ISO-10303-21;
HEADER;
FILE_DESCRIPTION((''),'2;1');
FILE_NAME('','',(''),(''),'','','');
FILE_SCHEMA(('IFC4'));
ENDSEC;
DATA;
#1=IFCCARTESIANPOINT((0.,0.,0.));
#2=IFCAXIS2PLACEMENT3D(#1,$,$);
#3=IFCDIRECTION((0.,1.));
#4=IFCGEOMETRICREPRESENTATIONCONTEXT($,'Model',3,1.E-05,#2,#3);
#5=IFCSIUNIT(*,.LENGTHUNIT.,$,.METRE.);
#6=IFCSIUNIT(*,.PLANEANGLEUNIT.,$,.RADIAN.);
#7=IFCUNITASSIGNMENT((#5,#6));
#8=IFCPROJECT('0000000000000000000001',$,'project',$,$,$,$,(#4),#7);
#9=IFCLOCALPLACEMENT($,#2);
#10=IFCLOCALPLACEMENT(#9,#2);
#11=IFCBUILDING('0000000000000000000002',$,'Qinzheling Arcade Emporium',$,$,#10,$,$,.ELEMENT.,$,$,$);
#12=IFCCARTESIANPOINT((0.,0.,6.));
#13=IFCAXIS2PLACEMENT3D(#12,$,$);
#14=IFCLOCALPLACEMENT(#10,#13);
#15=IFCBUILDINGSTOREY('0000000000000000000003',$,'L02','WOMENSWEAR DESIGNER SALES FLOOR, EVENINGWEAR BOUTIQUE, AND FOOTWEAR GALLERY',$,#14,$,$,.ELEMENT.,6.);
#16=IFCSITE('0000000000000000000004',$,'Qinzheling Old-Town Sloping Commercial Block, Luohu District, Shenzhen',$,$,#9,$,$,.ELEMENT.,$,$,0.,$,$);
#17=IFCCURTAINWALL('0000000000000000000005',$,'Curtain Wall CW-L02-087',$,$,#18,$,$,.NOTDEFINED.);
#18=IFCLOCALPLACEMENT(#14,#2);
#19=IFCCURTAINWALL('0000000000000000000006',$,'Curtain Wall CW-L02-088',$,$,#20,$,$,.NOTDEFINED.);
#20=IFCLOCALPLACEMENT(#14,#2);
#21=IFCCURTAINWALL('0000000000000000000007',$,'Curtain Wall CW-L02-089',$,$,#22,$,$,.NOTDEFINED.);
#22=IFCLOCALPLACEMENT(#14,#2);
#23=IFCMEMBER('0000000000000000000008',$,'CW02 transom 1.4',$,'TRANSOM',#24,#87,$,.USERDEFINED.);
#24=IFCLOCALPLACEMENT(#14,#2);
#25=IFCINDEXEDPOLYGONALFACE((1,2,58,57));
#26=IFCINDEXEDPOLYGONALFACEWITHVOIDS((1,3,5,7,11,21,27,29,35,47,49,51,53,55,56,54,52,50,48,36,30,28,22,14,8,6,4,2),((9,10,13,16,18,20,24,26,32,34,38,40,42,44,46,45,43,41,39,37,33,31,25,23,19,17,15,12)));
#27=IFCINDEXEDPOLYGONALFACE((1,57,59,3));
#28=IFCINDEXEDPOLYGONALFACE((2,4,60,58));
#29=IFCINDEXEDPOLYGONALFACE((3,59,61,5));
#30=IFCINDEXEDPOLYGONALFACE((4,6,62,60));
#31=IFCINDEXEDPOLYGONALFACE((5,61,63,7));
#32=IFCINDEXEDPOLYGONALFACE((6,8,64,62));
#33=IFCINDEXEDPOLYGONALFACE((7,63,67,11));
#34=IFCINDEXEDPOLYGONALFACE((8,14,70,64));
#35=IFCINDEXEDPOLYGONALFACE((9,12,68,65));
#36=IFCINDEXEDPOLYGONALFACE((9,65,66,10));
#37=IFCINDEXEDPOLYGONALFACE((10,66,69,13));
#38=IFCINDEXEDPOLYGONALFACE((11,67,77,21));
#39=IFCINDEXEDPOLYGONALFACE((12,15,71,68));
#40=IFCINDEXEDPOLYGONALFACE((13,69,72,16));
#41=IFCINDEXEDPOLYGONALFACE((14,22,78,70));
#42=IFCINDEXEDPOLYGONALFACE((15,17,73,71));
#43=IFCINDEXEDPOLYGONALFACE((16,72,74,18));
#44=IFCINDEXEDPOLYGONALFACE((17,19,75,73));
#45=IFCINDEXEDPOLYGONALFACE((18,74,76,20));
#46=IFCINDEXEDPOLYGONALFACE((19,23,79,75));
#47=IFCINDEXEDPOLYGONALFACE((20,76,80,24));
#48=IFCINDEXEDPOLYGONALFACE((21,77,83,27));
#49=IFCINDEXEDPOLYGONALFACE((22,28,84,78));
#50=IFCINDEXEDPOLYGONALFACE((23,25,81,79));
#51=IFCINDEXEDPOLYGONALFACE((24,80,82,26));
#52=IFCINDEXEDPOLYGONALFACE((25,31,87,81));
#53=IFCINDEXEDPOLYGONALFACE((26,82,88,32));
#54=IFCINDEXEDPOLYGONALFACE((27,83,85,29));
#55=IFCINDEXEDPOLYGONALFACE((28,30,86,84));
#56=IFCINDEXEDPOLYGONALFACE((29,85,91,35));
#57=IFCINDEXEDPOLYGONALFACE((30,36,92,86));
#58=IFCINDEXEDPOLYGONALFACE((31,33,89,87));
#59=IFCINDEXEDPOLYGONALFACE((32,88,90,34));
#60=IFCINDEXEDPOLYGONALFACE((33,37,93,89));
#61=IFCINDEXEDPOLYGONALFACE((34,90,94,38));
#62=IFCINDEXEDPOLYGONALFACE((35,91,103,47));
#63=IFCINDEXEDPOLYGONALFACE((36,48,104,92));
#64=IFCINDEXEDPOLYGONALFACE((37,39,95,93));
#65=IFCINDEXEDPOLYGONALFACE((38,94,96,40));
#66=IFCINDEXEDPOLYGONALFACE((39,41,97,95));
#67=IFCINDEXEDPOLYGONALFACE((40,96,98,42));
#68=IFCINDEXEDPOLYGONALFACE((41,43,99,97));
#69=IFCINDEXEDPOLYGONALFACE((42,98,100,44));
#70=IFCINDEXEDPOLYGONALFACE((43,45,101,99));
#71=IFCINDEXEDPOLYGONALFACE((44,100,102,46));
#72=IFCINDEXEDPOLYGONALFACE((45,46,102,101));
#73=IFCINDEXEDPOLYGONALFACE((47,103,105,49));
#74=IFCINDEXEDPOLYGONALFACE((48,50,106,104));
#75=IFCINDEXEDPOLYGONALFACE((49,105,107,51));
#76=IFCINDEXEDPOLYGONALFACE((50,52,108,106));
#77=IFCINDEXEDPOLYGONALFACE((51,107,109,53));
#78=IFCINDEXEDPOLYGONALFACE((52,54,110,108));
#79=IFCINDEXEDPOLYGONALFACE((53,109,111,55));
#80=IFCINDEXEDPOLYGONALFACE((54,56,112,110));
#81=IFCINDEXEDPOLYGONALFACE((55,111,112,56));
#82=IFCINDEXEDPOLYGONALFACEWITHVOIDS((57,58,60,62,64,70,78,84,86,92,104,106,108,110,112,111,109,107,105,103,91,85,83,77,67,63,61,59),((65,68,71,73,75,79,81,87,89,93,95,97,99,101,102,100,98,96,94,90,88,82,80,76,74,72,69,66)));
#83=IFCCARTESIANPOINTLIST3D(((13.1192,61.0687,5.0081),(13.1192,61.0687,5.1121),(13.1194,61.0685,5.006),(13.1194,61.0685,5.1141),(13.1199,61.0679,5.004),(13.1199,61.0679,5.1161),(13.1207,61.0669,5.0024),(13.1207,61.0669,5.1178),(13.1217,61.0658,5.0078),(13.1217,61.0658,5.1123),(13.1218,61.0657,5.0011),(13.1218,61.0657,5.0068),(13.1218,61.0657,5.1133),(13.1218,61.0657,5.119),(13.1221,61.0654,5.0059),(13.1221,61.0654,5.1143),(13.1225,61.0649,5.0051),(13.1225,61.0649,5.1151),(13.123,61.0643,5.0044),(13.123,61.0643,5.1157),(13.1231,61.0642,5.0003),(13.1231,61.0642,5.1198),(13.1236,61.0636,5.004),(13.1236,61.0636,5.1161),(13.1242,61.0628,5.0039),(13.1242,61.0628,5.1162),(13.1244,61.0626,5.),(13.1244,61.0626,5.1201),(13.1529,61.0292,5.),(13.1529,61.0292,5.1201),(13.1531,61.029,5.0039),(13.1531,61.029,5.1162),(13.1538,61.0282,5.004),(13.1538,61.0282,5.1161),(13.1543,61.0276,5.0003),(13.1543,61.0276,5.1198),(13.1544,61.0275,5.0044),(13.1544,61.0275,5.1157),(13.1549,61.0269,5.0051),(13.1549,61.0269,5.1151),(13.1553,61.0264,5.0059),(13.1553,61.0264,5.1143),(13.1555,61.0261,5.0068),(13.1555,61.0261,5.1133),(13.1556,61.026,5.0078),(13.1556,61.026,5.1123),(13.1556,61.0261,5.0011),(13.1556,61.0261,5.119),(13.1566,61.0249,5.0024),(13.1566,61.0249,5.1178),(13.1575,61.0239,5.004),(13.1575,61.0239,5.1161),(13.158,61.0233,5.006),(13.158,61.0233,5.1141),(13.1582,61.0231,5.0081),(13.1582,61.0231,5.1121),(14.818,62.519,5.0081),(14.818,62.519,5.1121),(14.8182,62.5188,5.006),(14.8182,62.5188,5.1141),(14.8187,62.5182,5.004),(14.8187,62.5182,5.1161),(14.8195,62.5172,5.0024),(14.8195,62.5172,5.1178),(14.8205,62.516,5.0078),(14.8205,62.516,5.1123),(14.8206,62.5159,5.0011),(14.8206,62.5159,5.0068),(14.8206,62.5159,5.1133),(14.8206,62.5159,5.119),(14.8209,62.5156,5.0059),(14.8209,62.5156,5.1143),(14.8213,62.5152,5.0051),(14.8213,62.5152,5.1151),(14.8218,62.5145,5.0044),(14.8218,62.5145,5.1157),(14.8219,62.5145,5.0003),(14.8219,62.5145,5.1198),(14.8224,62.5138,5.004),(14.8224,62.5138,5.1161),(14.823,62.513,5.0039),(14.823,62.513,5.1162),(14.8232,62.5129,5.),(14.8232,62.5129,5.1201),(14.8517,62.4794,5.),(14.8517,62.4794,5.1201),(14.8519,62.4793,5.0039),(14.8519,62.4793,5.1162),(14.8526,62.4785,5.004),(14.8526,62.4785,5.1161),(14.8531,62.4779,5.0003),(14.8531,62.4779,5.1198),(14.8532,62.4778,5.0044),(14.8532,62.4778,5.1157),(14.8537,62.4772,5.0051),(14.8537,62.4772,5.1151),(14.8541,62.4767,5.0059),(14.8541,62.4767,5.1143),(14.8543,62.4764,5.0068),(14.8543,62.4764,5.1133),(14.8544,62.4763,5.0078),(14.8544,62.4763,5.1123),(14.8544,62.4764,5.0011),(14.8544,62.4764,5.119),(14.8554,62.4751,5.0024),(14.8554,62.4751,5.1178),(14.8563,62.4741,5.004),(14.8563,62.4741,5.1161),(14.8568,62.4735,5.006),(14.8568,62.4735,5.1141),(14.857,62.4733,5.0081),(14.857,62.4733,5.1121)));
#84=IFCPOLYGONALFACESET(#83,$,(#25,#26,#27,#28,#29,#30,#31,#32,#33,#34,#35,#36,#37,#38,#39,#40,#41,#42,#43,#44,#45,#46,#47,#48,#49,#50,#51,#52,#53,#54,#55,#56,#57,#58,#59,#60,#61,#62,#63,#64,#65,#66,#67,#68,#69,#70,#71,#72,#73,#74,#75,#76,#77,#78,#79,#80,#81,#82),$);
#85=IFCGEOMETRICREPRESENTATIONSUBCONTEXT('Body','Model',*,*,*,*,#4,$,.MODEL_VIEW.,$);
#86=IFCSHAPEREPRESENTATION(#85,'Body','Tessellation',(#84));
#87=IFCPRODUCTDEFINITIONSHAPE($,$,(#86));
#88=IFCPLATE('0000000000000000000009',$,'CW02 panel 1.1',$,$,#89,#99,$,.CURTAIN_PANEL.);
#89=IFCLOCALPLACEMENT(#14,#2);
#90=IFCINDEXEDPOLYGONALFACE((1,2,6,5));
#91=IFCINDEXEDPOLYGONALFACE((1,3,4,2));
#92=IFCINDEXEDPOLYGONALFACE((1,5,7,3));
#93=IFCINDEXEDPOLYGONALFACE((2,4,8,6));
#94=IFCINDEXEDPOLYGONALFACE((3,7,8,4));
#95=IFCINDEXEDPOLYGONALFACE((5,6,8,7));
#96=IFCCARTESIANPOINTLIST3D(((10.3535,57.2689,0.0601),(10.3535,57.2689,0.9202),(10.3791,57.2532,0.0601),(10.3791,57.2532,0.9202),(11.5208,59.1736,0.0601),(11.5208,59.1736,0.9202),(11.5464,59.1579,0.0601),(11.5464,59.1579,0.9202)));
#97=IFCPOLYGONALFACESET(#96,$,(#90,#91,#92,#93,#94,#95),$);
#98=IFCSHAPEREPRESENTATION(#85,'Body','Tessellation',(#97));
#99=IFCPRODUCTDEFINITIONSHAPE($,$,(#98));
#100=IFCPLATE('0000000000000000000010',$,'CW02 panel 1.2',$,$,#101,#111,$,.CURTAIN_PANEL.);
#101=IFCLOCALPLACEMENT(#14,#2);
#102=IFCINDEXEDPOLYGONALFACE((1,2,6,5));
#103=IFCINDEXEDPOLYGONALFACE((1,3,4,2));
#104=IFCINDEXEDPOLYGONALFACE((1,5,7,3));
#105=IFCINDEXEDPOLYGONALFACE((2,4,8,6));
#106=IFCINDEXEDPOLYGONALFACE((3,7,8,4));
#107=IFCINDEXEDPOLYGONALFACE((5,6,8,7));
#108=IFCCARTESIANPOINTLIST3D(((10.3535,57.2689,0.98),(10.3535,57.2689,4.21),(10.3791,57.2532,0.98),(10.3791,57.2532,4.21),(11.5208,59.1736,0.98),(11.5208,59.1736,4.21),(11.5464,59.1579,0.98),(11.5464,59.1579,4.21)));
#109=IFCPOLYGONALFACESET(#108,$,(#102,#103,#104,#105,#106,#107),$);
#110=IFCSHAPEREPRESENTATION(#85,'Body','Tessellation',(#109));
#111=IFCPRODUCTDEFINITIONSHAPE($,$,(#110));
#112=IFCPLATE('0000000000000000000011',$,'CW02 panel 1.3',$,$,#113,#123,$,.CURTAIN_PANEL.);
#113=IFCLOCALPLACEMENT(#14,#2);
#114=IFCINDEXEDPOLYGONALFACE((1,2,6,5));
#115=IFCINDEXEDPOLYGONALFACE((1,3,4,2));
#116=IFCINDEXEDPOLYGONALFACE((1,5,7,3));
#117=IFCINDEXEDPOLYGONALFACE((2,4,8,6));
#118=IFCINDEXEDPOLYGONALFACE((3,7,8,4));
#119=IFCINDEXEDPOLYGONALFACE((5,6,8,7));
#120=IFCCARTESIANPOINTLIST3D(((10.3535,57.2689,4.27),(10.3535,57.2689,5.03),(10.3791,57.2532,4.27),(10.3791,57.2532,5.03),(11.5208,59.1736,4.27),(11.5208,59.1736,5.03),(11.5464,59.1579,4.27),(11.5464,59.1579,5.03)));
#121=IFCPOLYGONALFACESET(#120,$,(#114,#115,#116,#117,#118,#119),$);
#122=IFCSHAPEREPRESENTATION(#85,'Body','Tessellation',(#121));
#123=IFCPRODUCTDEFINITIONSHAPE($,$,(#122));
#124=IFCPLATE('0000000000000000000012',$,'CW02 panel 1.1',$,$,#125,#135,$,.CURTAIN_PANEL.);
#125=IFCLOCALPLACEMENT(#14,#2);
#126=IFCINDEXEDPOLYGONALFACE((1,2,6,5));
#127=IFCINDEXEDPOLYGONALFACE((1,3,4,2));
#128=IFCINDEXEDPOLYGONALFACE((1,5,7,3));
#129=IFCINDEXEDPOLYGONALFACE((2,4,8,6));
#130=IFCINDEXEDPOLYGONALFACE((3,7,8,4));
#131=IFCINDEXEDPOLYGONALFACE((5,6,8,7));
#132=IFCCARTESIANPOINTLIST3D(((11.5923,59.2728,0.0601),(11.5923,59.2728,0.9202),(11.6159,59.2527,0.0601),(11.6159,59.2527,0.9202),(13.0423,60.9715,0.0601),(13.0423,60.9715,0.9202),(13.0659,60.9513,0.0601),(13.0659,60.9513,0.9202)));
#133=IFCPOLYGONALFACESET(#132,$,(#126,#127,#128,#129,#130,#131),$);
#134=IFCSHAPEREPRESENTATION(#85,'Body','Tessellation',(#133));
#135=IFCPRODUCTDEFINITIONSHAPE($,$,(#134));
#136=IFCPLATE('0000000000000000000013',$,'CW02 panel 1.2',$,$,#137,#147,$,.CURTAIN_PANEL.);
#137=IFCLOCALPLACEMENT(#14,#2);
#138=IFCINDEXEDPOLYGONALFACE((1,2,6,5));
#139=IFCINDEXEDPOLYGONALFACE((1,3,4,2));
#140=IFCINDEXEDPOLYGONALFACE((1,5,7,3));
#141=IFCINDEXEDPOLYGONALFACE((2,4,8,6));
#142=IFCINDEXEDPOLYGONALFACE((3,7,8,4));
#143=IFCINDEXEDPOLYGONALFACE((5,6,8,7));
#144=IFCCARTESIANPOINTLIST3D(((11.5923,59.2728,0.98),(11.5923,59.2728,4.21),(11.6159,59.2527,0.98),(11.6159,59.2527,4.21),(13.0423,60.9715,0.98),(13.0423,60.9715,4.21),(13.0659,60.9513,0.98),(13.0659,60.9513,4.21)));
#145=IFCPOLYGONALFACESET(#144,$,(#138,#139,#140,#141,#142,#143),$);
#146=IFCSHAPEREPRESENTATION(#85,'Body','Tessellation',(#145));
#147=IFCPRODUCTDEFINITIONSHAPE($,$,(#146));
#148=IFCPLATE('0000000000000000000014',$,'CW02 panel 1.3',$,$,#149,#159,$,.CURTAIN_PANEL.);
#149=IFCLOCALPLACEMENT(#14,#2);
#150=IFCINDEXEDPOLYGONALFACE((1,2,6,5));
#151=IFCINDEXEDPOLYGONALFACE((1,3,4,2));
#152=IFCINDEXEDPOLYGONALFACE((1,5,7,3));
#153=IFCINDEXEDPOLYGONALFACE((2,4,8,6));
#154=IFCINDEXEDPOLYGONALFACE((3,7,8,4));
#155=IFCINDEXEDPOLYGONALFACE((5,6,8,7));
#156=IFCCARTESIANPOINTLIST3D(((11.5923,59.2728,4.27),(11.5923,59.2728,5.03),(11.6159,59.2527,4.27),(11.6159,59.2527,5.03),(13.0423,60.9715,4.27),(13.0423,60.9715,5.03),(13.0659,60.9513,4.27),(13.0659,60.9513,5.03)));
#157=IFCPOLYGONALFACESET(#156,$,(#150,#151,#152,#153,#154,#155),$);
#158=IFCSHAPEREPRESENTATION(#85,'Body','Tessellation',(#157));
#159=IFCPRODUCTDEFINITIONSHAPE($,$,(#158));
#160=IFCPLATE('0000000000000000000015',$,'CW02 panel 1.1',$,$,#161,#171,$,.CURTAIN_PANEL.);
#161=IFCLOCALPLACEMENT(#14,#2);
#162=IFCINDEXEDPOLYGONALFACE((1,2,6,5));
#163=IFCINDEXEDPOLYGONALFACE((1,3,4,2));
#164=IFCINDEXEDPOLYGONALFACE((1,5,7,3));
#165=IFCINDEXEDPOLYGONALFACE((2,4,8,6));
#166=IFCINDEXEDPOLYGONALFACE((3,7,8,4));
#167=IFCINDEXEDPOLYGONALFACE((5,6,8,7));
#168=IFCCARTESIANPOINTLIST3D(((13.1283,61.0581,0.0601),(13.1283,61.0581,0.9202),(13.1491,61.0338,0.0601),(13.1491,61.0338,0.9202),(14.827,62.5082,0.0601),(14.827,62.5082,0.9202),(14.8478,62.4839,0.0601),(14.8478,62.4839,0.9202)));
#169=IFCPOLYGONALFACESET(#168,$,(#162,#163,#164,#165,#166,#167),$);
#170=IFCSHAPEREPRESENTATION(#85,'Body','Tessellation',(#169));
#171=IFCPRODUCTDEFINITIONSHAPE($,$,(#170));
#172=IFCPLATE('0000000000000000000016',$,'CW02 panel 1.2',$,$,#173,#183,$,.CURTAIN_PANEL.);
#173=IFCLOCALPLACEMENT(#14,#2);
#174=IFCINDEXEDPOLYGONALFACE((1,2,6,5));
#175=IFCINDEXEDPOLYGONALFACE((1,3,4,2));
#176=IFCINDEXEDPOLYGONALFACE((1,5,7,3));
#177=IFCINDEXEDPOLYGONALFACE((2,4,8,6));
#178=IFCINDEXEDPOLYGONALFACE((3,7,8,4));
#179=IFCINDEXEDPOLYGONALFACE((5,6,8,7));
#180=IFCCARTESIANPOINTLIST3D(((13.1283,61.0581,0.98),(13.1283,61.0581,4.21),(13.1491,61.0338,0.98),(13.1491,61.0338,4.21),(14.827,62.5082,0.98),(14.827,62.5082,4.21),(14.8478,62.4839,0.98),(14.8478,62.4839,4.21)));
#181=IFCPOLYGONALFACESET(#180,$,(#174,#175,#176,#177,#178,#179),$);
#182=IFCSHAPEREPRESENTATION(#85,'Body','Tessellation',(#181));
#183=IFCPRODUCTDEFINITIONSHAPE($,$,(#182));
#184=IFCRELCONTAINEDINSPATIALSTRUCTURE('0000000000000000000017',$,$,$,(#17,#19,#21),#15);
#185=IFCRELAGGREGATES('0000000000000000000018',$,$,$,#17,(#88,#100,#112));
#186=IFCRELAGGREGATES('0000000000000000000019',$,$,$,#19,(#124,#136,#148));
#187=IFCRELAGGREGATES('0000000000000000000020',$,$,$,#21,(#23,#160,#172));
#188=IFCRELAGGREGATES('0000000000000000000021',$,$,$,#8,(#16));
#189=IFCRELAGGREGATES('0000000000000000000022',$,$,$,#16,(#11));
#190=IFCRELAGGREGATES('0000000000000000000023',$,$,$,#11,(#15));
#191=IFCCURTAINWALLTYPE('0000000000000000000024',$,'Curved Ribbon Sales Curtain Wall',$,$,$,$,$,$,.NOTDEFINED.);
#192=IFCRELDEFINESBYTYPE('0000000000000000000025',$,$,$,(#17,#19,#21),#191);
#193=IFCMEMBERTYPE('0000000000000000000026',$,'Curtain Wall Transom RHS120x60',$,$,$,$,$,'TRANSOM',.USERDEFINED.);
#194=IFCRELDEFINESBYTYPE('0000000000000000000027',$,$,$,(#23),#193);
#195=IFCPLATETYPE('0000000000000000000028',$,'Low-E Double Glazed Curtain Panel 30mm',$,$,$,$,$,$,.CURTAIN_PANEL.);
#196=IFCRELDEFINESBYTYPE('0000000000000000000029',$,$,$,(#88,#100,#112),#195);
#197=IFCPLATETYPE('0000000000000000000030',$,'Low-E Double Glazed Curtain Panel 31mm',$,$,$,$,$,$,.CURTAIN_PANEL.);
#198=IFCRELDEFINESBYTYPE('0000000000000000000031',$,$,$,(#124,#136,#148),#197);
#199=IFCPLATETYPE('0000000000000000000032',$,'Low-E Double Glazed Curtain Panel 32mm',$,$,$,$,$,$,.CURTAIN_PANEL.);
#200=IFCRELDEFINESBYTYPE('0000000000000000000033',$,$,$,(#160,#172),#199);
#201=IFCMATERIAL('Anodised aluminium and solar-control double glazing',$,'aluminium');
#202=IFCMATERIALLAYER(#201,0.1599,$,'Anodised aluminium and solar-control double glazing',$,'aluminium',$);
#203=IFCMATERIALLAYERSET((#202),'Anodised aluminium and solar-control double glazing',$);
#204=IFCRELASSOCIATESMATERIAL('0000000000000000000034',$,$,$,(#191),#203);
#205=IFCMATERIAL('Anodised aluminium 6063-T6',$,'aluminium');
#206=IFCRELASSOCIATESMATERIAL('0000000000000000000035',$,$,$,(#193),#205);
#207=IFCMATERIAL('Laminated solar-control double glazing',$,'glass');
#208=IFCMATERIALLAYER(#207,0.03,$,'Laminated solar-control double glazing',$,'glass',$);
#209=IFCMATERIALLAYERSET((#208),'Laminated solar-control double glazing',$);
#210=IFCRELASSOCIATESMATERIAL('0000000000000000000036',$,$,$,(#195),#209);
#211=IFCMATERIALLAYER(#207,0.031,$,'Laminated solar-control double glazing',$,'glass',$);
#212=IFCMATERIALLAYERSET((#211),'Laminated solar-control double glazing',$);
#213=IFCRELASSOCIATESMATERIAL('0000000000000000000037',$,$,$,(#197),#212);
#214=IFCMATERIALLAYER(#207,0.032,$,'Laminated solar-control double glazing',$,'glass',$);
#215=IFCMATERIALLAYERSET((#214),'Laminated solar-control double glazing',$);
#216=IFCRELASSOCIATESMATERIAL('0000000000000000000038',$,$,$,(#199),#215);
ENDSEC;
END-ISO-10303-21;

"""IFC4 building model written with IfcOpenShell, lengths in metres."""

from ifc_helpers import new_model, si_unit, direction, frame, origin, origin_2d, place, context, subcontext, project, spatial, rectangle, hollow_rectangle, extrude, material, layer, layer_set, material_profile, profile_set, type_object, element, aggregate, save


model = new_model("IFC4")

# Units and contexts
model_context = context("Model", 3, precision=1e-05, world=origin(), true_north=direction((0.0, 1.0)))
body_context = subcontext(model_context, "Body", "Model", "MODEL_VIEW")
ifc_project = project(units=[si_unit("LENGTHUNIT", "METRE"), si_unit("PLANEANGLEUNIT", "RADIAN")], contexts=[model_context])

# Site, building, storey
site_placement = place(None, origin())
site = spatial("IfcSite", under=ifc_project, at=site_placement, Name="Qinzheling Old-Town Sloping Commercial Block, Luohu District, Shenzhen", CompositionType="ELEMENT", RefElevation=0.0)
building_placement = place(site_placement, origin())
building = spatial("IfcBuilding", under=site, at=building_placement, Name="Qinzheling Arcade Emporium", CompositionType="ELEMENT")
storey_placement = place(building_placement, frame((0.0, 0.0, 6.0)))
storey = spatial("IfcBuildingStorey", under=building, at=storey_placement, Name="L02", Description="WOMENSWEAR DESIGNER SALES FLOOR, EVENINGWEAR BOUTIQUE, AND FOOTWEAR GALLERY", CompositionType="ELEMENT", Elevation=6.0)

# Curtain wall
ifc_material_1 = material(Name="Anodised aluminium and solar-control double glazing", Category="aluminium")
ifc_layer_1 = layer(ifc_material_1, 0.1599, Name="Anodised aluminium and solar-control double glazing", Category="aluminium")
ifc_layer_set_1 = layer_set([ifc_layer_1], Name="Anodised aluminium and solar-control double glazing")
curtain_wall_type = type_object("IfcCurtainWallType", Name="Curved Ribbon Sales Curtain Wall", PredefinedType="NOTDEFINED", material=ifc_layer_set_1)
curtain_wall_1_placement = place(storey_placement, origin())
curtain_wall_1 = element("IfcCurtainWall", 1, at=curtain_wall_1_placement, inside=storey, type_object=curtain_wall_type, Name="Curtain Wall CW-L02-087", PredefinedType="NOTDEFINED")
ifc_material_2 = material(Name="Anodised aluminium 6063-T6", Category="aluminium")

# Curtain wall
curtain_wall_2_placement = place(storey_placement, origin())
curtain_wall_2 = element("IfcCurtainWall", 2, at=curtain_wall_2_placement, inside=storey, type_object=curtain_wall_type, Name="Curtain Wall CW-L02-088", PredefinedType="NOTDEFINED")

# Curtain wall
curtain_wall_3_placement = place(storey_placement, origin())
curtain_wall_3 = element("IfcCurtainWall", 3, at=curtain_wall_3_placement, inside=storey, type_object=curtain_wall_type, Name="Curtain Wall CW-L02-089", PredefinedType="NOTDEFINED")

# Member
ifc_material_profile_1 = material_profile(ifc_material_2, hollow_rectangle(XDim=0.0601, YDim=0.1201, WallThickness=0.0039, InnerFilletRadius=0.0039, OuterFilletRadius=0.0081, at=origin_2d()), Name="RHS 120x60x4", Category="aluminium")
ifc_profile_set_1 = profile_set([ifc_material_profile_1], Name="Anodised aluminium 6063-T6")
member_type_1 = type_object("IfcMemberType", Name="Curtain Wall Transom RHS120x60", ElementType="TRANSOM", PredefinedType="USERDEFINED", material=ifc_profile_set_1)
member_1_placement = place(storey_placement, frame((13.1387, 61.0459, 5.0601), z_axis=(0.760551, 0.649278, 0.0), x_axis=(-0.649278, 0.760551, 0.0)))
member_1 = element("IfcMember", 4, at=member_1_placement, type_object=member_type_1, Name="CW02 transom 1.4", ObjectType="TRANSOM", PredefinedType="USERDEFINED", context=body_context, shape_type="SweptSolid", body=[
    extrude(hollow_rectangle(XDim=0.0601, YDim=0.1201, WallThickness=0.0039, InnerFilletRadius=0.0039, OuterFilletRadius=0.0081, at=origin_2d()), origin(), (0.0, 0.0, 1.0), 2.2336),
])

# Plates
ifc_material_3 = material(Name="Laminated solar-control double glazing", Category="glass")
ifc_layer_2 = layer(ifc_material_3, 0.03, Name="Laminated solar-control double glazing", Category="glass")
ifc_layer_set_2 = layer_set([ifc_layer_2], Name="Laminated solar-control double glazing")
plate_type_1 = type_object("IfcPlateType", Name="Low-E Double Glazed Curtain Panel 30mm", PredefinedType="CURTAIN_PANEL", material=ifc_layer_set_2)
plate_1_placement = place(storey_placement, frame((10.95, 58.2134, 0.0601), z_axis=(0.0, 0.0, 1.0), x_axis=(0.522532, 0.85262, 0.0)))
plate_1 = element("IfcPlate", 5, at=plate_1_placement, type_object=plate_type_1, Name="CW02 panel 1.1", PredefinedType="CURTAIN_PANEL", context=body_context, shape_type="SweptSolid", body=[
    extrude(rectangle(XDim=2.2339, YDim=0.03, at=origin_2d()), origin(), (0.0, 0.0, 1.0), 0.8601),
])
plate_2_placement = place(storey_placement, frame((10.95, 58.2134, 0.98), z_axis=(0.0, 0.0, 1.0), x_axis=(0.522532, 0.85262, 0.0)))
plate_2 = element("IfcPlate", 6, at=plate_2_placement, type_object=plate_type_1, Name="CW02 panel 1.2", PredefinedType="CURTAIN_PANEL", context=body_context, shape_type="SweptSolid", body=[
    extrude(rectangle(XDim=2.2339, YDim=0.03, at=origin_2d()), origin(), (0.0, 0.0, 1.0), 3.23),
])
plate_3_placement = place(storey_placement, frame((10.95, 58.2134, 4.27), z_axis=(0.0, 0.0, 1.0), x_axis=(0.522532, 0.85262, 0.0)))
plate_3 = element("IfcPlate", 7, at=plate_3_placement, type_object=plate_type_1, Name="CW02 panel 1.3", PredefinedType="CURTAIN_PANEL", context=body_context, shape_type="SweptSolid", body=[
    extrude(rectangle(XDim=2.2339, YDim=0.03, at=origin_2d()), origin(), (0.0, 0.0, 1.0), 0.76),
])
aggregate(curtain_wall_1, [plate_1, plate_2, plate_3])
ifc_layer_3 = layer(ifc_material_3, 0.031, Name="Laminated solar-control double glazing", Category="glass")
ifc_layer_set_3 = layer_set([ifc_layer_3], Name="Laminated solar-control double glazing")
plate_type_2 = type_object("IfcPlateType", Name="Low-E Double Glazed Curtain Panel 31mm", PredefinedType="CURTAIN_PANEL", material=ifc_layer_set_3)
plate_4_placement = place(storey_placement, frame((12.3291, 60.1121, 0.0601), z_axis=(0.0, 0.0, 1.0), x_axis=(0.64925, 0.760575, 0.0)))
plate_4 = element("IfcPlate", 8, at=plate_4_placement, type_object=plate_type_2, Name="CW02 panel 1.1", PredefinedType="CURTAIN_PANEL", context=body_context, shape_type="SweptSolid", body=[
    extrude(rectangle(XDim=2.2334, YDim=0.031, at=origin_2d()), origin(), (0.0, 0.0, 1.0), 0.8601),
])
plate_5_placement = place(storey_placement, frame((12.3291, 60.1121, 0.98), z_axis=(0.0, 0.0, 1.0), x_axis=(0.64925, 0.760575, 0.0)))
plate_5 = element("IfcPlate", 9, at=plate_5_placement, type_object=plate_type_2, Name="CW02 panel 1.2", PredefinedType="CURTAIN_PANEL", context=body_context, shape_type="SweptSolid", body=[
    extrude(rectangle(XDim=2.2334, YDim=0.031, at=origin_2d()), origin(), (0.0, 0.0, 1.0), 3.23),
])
plate_6_placement = place(storey_placement, frame((12.3291, 60.1121, 4.27), z_axis=(0.0, 0.0, 1.0), x_axis=(0.64925, 0.760575, 0.0)))
plate_6 = element("IfcPlate", 10, at=plate_6_placement, type_object=plate_type_2, Name="CW02 panel 1.3", PredefinedType="CURTAIN_PANEL", context=body_context, shape_type="SweptSolid", body=[
    extrude(rectangle(XDim=2.2334, YDim=0.031, at=origin_2d()), origin(), (0.0, 0.0, 1.0), 0.76),
])
aggregate(curtain_wall_2, [plate_4, plate_5, plate_6])
ifc_layer_4 = layer(ifc_material_3, 0.032, Name="Laminated solar-control double glazing", Category="glass")
ifc_layer_set_4 = layer_set([ifc_layer_4], Name="Laminated solar-control double glazing")
plate_type_3 = type_object("IfcPlateType", Name="Low-E Double Glazed Curtain Panel 32mm", PredefinedType="CURTAIN_PANEL", material=ifc_layer_set_4)
plate_7_placement = place(storey_placement, frame((13.988, 61.771, 0.0601), z_axis=(0.0, 0.0, 1.0), x_axis=(0.760575, 0.64925, 0.0)))
plate_7 = element("IfcPlate", 11, at=plate_7_placement, type_object=plate_type_3, Name="CW02 panel 1.1", PredefinedType="CURTAIN_PANEL", context=body_context, shape_type="SweptSolid", body=[
    extrude(rectangle(XDim=2.2334, YDim=0.032, at=origin_2d()), origin(), (0.0, 0.0, 1.0), 0.8601),
])
plate_8_placement = place(storey_placement, frame((13.988, 61.771, 0.98), z_axis=(0.0, 0.0, 1.0), x_axis=(0.760575, 0.64925, 0.0)))
plate_8 = element("IfcPlate", 12, at=plate_8_placement, type_object=plate_type_3, Name="CW02 panel 1.2", PredefinedType="CURTAIN_PANEL", context=body_context, shape_type="SweptSolid", body=[
    extrude(rectangle(XDim=2.2334, YDim=0.032, at=origin_2d()), origin(), (0.0, 0.0, 1.0), 3.23),
])
aggregate(curtain_wall_3, [member_1, plate_7, plate_8])

save(model, "model.ifc")
